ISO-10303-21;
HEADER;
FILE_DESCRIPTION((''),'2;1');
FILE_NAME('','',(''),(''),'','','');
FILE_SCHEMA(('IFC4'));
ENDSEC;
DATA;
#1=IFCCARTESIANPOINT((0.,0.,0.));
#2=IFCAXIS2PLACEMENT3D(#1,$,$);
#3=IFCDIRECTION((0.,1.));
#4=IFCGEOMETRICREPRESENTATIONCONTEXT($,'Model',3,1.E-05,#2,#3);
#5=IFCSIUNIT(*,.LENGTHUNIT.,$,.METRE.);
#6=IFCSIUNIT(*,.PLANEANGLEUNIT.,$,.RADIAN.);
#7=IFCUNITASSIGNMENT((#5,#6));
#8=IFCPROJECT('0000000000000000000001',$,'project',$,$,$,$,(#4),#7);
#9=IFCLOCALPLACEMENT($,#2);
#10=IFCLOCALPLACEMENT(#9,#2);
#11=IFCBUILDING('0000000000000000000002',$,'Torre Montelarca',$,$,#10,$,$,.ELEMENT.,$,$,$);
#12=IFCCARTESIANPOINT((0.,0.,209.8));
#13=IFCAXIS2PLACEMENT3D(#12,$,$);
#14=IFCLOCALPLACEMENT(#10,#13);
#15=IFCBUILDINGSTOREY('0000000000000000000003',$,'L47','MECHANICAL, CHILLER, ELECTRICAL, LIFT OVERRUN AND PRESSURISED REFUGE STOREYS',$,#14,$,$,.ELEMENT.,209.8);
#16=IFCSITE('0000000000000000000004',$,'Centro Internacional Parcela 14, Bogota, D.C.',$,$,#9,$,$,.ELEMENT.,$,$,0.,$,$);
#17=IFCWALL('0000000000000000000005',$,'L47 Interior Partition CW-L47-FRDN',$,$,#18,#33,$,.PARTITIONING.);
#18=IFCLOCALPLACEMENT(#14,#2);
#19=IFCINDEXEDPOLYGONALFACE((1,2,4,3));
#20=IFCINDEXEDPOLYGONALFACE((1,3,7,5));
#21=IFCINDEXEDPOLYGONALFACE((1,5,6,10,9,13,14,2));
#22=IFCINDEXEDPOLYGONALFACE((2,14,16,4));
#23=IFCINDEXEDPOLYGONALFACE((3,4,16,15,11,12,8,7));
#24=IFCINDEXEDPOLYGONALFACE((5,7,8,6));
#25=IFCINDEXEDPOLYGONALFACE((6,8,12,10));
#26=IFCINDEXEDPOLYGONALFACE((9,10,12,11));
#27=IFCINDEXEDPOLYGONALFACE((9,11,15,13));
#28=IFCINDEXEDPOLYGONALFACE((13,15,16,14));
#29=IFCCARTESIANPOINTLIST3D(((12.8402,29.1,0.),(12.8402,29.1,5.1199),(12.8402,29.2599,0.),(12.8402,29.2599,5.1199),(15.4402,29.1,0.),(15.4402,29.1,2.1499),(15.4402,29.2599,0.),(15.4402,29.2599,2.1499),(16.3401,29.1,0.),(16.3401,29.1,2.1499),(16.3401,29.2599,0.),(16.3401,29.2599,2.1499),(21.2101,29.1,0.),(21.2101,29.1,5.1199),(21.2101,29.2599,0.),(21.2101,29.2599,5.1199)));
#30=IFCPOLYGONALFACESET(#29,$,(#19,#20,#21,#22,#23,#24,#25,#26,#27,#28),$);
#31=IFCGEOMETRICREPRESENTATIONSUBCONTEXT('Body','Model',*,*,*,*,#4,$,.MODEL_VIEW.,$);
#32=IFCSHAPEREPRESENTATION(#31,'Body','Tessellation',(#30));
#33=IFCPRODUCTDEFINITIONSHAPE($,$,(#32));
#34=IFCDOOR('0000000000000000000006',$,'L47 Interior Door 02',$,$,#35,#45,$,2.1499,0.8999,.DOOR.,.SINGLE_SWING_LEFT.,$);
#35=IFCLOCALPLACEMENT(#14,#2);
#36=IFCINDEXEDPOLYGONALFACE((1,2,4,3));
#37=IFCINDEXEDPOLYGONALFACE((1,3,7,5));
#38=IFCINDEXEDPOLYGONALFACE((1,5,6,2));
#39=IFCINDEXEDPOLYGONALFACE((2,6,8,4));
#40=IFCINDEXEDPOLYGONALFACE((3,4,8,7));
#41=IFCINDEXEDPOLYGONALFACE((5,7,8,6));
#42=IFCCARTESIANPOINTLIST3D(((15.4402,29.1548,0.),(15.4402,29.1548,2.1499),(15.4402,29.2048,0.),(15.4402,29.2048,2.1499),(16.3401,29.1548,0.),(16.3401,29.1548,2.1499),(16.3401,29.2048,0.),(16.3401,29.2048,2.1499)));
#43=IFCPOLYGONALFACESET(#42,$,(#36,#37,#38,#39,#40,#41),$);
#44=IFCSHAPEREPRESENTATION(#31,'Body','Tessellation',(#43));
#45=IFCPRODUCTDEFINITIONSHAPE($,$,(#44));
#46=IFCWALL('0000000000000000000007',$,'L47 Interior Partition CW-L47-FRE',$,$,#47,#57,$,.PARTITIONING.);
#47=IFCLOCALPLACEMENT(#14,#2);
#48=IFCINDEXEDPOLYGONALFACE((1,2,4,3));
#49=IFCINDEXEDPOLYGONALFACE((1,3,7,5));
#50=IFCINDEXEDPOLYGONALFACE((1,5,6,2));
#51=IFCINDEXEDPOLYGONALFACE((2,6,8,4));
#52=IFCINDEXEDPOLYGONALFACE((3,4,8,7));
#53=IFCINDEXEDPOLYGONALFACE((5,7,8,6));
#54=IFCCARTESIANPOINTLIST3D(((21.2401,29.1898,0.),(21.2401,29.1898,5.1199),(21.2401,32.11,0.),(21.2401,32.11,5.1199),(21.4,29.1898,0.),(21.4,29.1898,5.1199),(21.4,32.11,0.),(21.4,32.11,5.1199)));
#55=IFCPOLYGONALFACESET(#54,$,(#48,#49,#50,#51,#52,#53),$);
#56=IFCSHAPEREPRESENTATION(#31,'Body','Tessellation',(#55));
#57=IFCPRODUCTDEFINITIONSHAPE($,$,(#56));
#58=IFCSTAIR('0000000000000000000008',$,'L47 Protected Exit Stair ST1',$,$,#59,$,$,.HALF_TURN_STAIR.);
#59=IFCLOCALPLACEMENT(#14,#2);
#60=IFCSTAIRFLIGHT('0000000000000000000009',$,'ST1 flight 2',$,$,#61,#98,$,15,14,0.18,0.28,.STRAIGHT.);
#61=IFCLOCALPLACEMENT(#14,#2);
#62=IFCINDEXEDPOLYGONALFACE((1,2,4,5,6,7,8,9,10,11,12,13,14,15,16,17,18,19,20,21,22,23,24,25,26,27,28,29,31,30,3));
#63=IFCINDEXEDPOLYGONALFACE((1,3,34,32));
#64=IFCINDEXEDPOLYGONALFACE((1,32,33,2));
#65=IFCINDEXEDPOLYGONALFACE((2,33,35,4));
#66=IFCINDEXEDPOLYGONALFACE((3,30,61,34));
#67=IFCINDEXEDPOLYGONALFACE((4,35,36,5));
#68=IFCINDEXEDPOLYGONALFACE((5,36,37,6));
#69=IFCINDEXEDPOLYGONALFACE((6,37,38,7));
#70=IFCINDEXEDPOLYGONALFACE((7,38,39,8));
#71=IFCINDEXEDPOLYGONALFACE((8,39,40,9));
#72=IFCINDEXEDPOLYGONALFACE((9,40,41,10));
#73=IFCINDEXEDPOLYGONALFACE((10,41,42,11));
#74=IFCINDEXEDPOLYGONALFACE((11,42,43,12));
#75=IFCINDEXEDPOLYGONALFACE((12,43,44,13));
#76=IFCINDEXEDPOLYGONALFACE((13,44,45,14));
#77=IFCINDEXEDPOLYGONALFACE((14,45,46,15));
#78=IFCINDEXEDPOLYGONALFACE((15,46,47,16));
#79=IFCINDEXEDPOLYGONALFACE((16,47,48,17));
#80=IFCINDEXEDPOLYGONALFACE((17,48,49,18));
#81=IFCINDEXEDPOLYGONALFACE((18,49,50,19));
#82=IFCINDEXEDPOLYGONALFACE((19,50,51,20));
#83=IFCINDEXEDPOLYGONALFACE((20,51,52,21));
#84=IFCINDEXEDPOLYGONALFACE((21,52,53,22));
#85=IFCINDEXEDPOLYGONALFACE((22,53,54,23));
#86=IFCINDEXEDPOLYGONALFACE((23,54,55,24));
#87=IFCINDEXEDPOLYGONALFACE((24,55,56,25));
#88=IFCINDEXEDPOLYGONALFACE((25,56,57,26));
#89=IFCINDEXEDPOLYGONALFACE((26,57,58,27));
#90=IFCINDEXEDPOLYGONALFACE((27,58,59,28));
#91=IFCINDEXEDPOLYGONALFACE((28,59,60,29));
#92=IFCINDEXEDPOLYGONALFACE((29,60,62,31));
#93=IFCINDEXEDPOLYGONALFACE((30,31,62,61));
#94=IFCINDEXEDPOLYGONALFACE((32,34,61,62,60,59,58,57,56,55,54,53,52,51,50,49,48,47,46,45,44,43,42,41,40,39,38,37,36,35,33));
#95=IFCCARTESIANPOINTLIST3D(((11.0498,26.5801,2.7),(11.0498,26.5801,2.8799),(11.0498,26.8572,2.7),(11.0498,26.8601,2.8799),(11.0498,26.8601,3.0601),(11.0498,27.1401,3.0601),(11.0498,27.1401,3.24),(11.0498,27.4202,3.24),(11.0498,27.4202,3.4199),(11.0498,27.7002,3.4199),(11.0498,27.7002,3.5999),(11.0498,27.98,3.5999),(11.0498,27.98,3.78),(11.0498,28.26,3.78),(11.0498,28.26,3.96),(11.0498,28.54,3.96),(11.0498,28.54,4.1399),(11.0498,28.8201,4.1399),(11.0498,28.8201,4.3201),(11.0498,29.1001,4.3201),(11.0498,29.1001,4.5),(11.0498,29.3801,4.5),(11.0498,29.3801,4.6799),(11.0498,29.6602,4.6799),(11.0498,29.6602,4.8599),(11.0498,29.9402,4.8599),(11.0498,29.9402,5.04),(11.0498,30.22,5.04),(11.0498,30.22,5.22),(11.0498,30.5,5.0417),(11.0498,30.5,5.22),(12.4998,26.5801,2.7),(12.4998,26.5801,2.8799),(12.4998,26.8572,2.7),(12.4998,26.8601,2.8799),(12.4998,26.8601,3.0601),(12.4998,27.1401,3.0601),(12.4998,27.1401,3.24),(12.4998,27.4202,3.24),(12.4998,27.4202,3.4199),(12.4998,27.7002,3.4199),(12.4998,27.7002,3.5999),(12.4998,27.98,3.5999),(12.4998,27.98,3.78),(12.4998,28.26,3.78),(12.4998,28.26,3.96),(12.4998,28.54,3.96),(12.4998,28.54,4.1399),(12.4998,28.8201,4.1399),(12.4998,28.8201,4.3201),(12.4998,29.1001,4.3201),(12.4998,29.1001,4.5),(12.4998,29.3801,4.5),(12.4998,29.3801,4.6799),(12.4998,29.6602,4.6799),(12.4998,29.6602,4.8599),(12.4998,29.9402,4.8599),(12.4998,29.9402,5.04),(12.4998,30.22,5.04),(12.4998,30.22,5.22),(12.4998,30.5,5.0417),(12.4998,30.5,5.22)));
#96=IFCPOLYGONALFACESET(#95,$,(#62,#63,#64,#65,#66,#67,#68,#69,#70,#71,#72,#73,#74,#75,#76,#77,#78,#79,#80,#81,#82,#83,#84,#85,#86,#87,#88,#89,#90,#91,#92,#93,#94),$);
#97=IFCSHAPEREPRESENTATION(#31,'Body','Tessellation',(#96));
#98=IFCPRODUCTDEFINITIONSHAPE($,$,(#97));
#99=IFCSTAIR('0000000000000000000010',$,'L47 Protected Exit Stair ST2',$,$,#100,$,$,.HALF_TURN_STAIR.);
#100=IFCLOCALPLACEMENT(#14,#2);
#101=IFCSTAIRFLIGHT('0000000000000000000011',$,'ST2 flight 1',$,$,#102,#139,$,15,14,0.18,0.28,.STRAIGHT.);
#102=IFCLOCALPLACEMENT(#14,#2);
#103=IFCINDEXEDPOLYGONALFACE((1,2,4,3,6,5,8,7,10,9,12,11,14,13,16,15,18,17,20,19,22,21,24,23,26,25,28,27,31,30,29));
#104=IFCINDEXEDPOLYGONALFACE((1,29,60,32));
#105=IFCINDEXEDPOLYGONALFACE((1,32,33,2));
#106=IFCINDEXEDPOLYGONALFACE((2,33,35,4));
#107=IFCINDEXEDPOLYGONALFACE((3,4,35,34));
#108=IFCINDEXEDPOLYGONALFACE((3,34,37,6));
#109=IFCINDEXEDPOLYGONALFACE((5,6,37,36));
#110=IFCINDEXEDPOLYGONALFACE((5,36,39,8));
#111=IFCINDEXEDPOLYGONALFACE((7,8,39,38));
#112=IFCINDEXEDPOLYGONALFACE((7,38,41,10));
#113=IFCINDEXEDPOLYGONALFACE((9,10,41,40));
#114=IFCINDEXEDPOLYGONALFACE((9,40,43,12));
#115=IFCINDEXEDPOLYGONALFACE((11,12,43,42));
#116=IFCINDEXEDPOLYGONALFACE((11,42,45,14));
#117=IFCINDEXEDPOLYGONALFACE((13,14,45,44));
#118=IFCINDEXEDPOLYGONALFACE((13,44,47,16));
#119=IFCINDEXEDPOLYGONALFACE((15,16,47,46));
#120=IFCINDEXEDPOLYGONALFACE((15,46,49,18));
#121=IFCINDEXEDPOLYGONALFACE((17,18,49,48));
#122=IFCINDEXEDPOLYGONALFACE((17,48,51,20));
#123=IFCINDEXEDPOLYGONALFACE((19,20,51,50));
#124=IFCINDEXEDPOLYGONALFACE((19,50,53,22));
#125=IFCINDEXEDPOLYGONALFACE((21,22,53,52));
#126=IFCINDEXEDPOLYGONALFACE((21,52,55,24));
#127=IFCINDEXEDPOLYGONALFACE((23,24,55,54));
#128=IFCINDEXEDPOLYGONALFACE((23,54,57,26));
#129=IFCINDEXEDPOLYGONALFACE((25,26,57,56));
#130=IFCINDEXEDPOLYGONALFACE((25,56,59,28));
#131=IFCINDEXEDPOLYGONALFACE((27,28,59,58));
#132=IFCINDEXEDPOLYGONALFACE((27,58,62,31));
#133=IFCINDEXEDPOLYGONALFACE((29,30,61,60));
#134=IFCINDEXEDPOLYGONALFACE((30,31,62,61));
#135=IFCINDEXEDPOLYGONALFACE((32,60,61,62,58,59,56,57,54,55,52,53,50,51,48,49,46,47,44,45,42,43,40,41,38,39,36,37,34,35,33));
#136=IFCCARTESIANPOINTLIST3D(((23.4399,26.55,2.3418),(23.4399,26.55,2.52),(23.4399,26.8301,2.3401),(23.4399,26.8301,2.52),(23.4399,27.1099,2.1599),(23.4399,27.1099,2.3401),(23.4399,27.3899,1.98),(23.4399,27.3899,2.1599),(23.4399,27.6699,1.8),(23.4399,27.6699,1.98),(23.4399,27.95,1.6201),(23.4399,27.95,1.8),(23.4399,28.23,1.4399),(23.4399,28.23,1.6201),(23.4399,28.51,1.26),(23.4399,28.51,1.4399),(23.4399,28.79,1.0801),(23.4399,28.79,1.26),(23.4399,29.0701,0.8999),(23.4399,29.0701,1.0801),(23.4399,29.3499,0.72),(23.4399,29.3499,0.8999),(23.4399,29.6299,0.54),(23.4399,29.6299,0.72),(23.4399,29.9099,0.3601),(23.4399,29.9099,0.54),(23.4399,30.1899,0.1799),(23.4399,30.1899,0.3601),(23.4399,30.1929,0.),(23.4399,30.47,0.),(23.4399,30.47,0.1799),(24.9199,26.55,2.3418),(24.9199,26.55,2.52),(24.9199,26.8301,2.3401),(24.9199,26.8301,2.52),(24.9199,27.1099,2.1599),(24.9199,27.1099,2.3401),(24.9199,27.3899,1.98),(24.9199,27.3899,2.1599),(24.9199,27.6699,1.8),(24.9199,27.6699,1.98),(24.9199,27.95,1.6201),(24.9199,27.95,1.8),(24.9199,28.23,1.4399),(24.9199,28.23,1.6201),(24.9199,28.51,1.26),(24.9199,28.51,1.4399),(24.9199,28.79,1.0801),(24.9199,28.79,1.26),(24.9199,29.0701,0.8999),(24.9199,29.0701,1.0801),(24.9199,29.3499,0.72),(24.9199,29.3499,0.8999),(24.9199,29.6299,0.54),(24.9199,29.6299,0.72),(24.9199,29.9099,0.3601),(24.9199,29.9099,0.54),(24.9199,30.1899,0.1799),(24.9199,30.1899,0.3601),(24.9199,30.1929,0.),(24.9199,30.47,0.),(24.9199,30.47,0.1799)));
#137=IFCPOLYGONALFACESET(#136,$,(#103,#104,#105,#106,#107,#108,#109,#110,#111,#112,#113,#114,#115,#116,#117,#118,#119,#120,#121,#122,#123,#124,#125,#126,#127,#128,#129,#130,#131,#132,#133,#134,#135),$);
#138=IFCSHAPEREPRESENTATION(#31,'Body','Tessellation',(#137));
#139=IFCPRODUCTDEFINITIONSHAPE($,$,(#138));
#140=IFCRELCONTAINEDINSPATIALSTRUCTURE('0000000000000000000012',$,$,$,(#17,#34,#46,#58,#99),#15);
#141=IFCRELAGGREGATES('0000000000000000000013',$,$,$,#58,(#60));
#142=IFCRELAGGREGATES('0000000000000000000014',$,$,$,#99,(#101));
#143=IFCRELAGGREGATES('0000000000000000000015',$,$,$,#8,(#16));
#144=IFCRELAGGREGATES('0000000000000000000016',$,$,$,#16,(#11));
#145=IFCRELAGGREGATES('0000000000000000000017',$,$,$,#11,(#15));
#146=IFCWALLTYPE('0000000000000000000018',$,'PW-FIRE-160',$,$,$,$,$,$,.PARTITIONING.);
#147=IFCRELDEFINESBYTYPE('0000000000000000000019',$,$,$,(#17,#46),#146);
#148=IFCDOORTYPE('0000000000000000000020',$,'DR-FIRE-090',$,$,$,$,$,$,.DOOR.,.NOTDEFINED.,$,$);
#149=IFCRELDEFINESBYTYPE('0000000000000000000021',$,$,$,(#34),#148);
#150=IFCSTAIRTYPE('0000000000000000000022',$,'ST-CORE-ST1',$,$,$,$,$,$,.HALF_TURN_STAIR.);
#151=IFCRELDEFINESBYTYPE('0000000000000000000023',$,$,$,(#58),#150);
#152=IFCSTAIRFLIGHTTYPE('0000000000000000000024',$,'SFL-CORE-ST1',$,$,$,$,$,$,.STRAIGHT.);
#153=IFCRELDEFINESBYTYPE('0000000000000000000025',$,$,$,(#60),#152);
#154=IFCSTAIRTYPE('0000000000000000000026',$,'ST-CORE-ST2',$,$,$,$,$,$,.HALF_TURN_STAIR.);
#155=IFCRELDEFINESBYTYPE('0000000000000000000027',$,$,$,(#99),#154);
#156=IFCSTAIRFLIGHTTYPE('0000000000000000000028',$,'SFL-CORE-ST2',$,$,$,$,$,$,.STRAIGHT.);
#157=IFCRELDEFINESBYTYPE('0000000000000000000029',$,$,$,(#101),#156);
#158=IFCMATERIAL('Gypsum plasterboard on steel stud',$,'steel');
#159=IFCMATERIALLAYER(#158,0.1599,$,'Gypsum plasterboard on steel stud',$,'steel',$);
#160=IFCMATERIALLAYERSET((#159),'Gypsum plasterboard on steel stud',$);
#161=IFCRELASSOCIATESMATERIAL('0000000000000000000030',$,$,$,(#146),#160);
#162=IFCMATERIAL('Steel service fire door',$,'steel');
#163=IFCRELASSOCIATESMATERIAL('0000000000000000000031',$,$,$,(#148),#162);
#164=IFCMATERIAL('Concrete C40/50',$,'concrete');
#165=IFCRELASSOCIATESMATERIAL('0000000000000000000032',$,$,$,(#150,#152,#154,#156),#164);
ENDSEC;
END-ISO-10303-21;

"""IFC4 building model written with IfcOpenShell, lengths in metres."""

from ifc_helpers import new_model, si_unit, direction, frame, frame_2d, origin, place, context, subcontext, project, spatial, polyline, rectangle, outline, extrude, source, transform, mapped, material, layer, layer_set, type_object, element, fill, aggregate, save


model = new_model("IFC4")

# Units and contexts
model_context = context("Model", 3, precision=1e-05, world=origin(), true_north=direction((0.0, 1.0)))
body_context = subcontext(model_context, "Body", "Model", "MODEL_VIEW")
ifc_project = project(units=[si_unit("LENGTHUNIT", "METRE"), si_unit("PLANEANGLEUNIT", "RADIAN")], contexts=[model_context])

# Site, building, storey
site_placement = place(None, origin())
site = spatial("IfcSite", under=ifc_project, at=site_placement, Name="Centro Internacional Parcela 14, Bogota, D.C.", CompositionType="ELEMENT", RefElevation=0.0)
building_placement = place(site_placement, origin())
building = spatial("IfcBuilding", under=site, at=building_placement, Name="Torre Montelarca", CompositionType="ELEMENT")
storey_placement = place(building_placement, frame((0.0, 0.0, 209.8)))
storey = spatial("IfcBuildingStorey", under=building, at=storey_placement, Name="L47", Description="MECHANICAL, CHILLER, ELECTRICAL, LIFT OVERRUN AND PRESSURISED REFUGE STOREYS", CompositionType="ELEMENT", Elevation=209.8)

# Shared definitions
ifc_material_1 = material(Name="Concrete C40/50", Category="concrete")

# Wall, opening, door
ifc_material_2 = material(Name="Gypsum plasterboard on steel stud", Category="steel")
ifc_layer_1 = layer(ifc_material_2, 0.1599, Name="Gypsum plasterboard on steel stud", Category="steel")
ifc_layer_set_1 = layer_set([ifc_layer_1], Name="Gypsum plasterboard on steel stud")
wall_type_1 = type_object("IfcWallType", Name="PW-FIRE-160", PredefinedType="PARTITIONING", material=ifc_layer_set_1)
wall_1_placement = place(storey_placement, frame((12.8401, 29.1799, 0.0), z_axis=(0.0, 0.0, 1.0), x_axis=(1.0, 0.0, 0.0)))
wall_1 = element("IfcWall", 1, at=wall_1_placement, inside=storey, type_object=wall_type_1, Name="L47 Interior Partition CW-L47-FRDN", PredefinedType="PARTITIONING", context=body_context, shape_type="SweptSolid", body=[
    extrude(rectangle(XDim=8.3699, YDim=0.1599, at=frame_2d((4.1851, 0.0))), origin(), (0.0, 0.0, 1.0), 5.1199),
])
opening_1_placement = place(wall_1_placement, frame((2.6001, 0.0, 0.0)))
opening_1 = element("IfcOpeningElement", 2, at=opening_1_placement, cuts=wall_1, PredefinedType="OPENING", context=body_context, shape_type="SweptSolid", body=[
    extrude(rectangle(XDim=0.8999, YDim=2.1499, at=frame_2d((0.45, 1.075))), frame((0.0, 0.0898, 0.0), z_axis=(0.0, -1.0, 0.0), x_axis=(1.0, 0.0, 0.0)), (0.0, 0.0, 1.0), 0.1799),
])
ifc_material_3 = material(Name="Steel service fire door", Category="steel")
door_type_1 = type_object("IfcDoorType", Name="DR-FIRE-090", OperationType="NOTDEFINED", PredefinedType="DOOR", material=ifc_material_3)
shared_shape_1 = source(origin(), body_context, "Body", "SweptSolid", [
    extrude(rectangle(XDim=0.8999, YDim=2.1499, at=frame_2d((0.45, 1.075))), frame((0.0, 0.0249, 0.0), z_axis=(0.0, -1.0, 0.0), x_axis=(1.0, 0.0, 0.0)), (0.0, 0.0, 1.0), 0.05),
])
door_1_placement = place(opening_1_placement, origin())
door_1 = element("IfcDoor", 3, at=door_1_placement, inside=storey, type_object=door_type_1, Name="L47 Interior Door 02", OperationType="SINGLE_SWING_LEFT", OverallHeight=2.1499, OverallWidth=0.8999, PredefinedType="DOOR", context=body_context, shape_type="MappedRepresentation", body=[
    mapped(shared_shape_1, transform((0.0, 0.0, 0.0), scale=1.0)),
])
fill(opening_1, door_1)

# Wall
wall_2_placement = place(storey_placement, frame((21.3201, 29.1899, 0.0), z_axis=(0.0, 0.0, 1.0), x_axis=(0.0, 1.0, 0.0)))
element("IfcWall", 4, at=wall_2_placement, inside=storey, type_object=wall_type_1, Name="L47 Interior Partition CW-L47-FRE", PredefinedType="PARTITIONING", context=body_context, shape_type="SweptSolid", body=[
    extrude(rectangle(XDim=2.9202, YDim=0.1599, at=frame_2d((1.46, 0.0))), origin(), (0.0, 0.0, 1.0), 5.1199),
])

# Stairs, stair flights
stair_type_1 = type_object("IfcStairType", Name="ST-CORE-ST1", PredefinedType="HALF_TURN_STAIR", material=ifc_material_1)
stair_1_placement = place(storey_placement, origin())
stair_1 = element("IfcStair", 5, at=stair_1_placement, inside=storey, type_object=stair_type_1, Name="L47 Protected Exit Stair ST1", PredefinedType="HALF_TURN_STAIR")
stair_flight_type_1 = type_object("IfcStairFlightType", Name="SFL-CORE-ST1", PredefinedType="STRAIGHT", material=ifc_material_1)
stair_flight_1_placement = place(storey_placement, frame((11.7749, 26.5801, 2.7), z_axis=(0.0, 0.0, 1.0), x_axis=(0.0, 1.0, 0.0)))
stair_flight_1 = element("IfcStairFlight", 6, at=stair_flight_1_placement, type_object=stair_flight_type_1, Name="ST1 flight 2", NumberOfRisers=15, NumberOfTreads=14, PredefinedType="STRAIGHT", RiserHeight=0.18, TreadLength=0.28, context=body_context, shape_type="SweptSolid", body=[
    extrude(outline(polyline([(0.0, 0.0), (0.0, 0.1799), (0.28, 0.1799), (0.28, 0.3601), (0.5601, 0.3601), (0.5601, 0.54), (0.8401, 0.54), (0.8401, 0.72), (1.1201, 0.72), (1.1201, 0.8999), (1.3999, 0.8999), (1.3999, 1.0801), (1.6799, 1.0801), (1.6799, 1.26), (1.96, 1.26), (1.96, 1.4399), (2.24, 1.4399), (2.24, 1.6201), (2.52, 1.6201), (2.52, 1.8), (2.8, 1.8), (2.8, 1.98), (3.0801, 1.98), (3.0801, 2.1599), (3.3601, 2.1599), (3.3601, 2.3401), (3.6399, 2.3401), (3.6399, 2.52), (3.9199, 2.52), (3.9199, 2.7), (3.9199, 2.3418), (0.2771, 0.0), (0.0, 0.0)])), frame((0.0, 0.7251, 0.0), z_axis=(0.0, -1.0, 0.0), x_axis=(1.0, 0.0, 0.0)), (0.0, 0.0, 1.0), 1.45),
])
aggregate(stair_1, [stair_flight_1])
stair_type_2 = type_object("IfcStairType", Name="ST-CORE-ST2", PredefinedType="HALF_TURN_STAIR", material=ifc_material_1)
stair_2_placement = place(storey_placement, origin())
stair_2 = element("IfcStair", 7, at=stair_2_placement, inside=storey, type_object=stair_type_2, Name="L47 Protected Exit Stair ST2", PredefinedType="HALF_TURN_STAIR")
stair_flight_type_2 = type_object("IfcStairFlightType", Name="SFL-CORE-ST2", PredefinedType="STRAIGHT", material=ifc_material_1)
stair_flight_2_placement = place(storey_placement, frame((24.1799, 30.47, 0.0), z_axis=(0.0, 0.0, 1.0), x_axis=(0.0, -1.0, 0.0)))
stair_flight_2 = element("IfcStairFlight", 8, at=stair_flight_2_placement, type_object=stair_flight_type_2, Name="ST2 flight 1", NumberOfRisers=15, NumberOfTreads=14, PredefinedType="STRAIGHT", RiserHeight=0.18, TreadLength=0.28, context=body_context, shape_type="SweptSolid", body=[
    extrude(outline(polyline([(0.0, 0.0), (0.0, 0.1799), (0.28, 0.1799), (0.28, 0.3601), (0.5601, 0.3601), (0.5601, 0.54), (0.8401, 0.54), (0.8401, 0.72), (1.1201, 0.72), (1.1201, 0.8999), (1.3999, 0.8999), (1.3999, 1.0801), (1.6799, 1.0801), (1.6799, 1.26), (1.96, 1.26), (1.96, 1.4399), (2.24, 1.4399), (2.24, 1.6201), (2.52, 1.6201), (2.52, 1.8), (2.8, 1.8), (2.8, 1.98), (3.0801, 1.98), (3.0801, 2.1599), (3.3601, 2.1599), (3.3601, 2.3401), (3.6399, 2.3401), (3.6399, 2.52), (3.9199, 2.52), (3.9199, 2.7), (3.9199, 2.3418), (0.2771, 0.0), (0.0, 0.0)])), frame((0.0, 0.74, 0.0), z_axis=(0.0, -1.0, 0.0), x_axis=(1.0, 0.0, 0.0)), (0.0, 0.0, 1.0), 1.48),
])
aggregate(stair_2, [stair_flight_2])

save(model, "model.ifc")
